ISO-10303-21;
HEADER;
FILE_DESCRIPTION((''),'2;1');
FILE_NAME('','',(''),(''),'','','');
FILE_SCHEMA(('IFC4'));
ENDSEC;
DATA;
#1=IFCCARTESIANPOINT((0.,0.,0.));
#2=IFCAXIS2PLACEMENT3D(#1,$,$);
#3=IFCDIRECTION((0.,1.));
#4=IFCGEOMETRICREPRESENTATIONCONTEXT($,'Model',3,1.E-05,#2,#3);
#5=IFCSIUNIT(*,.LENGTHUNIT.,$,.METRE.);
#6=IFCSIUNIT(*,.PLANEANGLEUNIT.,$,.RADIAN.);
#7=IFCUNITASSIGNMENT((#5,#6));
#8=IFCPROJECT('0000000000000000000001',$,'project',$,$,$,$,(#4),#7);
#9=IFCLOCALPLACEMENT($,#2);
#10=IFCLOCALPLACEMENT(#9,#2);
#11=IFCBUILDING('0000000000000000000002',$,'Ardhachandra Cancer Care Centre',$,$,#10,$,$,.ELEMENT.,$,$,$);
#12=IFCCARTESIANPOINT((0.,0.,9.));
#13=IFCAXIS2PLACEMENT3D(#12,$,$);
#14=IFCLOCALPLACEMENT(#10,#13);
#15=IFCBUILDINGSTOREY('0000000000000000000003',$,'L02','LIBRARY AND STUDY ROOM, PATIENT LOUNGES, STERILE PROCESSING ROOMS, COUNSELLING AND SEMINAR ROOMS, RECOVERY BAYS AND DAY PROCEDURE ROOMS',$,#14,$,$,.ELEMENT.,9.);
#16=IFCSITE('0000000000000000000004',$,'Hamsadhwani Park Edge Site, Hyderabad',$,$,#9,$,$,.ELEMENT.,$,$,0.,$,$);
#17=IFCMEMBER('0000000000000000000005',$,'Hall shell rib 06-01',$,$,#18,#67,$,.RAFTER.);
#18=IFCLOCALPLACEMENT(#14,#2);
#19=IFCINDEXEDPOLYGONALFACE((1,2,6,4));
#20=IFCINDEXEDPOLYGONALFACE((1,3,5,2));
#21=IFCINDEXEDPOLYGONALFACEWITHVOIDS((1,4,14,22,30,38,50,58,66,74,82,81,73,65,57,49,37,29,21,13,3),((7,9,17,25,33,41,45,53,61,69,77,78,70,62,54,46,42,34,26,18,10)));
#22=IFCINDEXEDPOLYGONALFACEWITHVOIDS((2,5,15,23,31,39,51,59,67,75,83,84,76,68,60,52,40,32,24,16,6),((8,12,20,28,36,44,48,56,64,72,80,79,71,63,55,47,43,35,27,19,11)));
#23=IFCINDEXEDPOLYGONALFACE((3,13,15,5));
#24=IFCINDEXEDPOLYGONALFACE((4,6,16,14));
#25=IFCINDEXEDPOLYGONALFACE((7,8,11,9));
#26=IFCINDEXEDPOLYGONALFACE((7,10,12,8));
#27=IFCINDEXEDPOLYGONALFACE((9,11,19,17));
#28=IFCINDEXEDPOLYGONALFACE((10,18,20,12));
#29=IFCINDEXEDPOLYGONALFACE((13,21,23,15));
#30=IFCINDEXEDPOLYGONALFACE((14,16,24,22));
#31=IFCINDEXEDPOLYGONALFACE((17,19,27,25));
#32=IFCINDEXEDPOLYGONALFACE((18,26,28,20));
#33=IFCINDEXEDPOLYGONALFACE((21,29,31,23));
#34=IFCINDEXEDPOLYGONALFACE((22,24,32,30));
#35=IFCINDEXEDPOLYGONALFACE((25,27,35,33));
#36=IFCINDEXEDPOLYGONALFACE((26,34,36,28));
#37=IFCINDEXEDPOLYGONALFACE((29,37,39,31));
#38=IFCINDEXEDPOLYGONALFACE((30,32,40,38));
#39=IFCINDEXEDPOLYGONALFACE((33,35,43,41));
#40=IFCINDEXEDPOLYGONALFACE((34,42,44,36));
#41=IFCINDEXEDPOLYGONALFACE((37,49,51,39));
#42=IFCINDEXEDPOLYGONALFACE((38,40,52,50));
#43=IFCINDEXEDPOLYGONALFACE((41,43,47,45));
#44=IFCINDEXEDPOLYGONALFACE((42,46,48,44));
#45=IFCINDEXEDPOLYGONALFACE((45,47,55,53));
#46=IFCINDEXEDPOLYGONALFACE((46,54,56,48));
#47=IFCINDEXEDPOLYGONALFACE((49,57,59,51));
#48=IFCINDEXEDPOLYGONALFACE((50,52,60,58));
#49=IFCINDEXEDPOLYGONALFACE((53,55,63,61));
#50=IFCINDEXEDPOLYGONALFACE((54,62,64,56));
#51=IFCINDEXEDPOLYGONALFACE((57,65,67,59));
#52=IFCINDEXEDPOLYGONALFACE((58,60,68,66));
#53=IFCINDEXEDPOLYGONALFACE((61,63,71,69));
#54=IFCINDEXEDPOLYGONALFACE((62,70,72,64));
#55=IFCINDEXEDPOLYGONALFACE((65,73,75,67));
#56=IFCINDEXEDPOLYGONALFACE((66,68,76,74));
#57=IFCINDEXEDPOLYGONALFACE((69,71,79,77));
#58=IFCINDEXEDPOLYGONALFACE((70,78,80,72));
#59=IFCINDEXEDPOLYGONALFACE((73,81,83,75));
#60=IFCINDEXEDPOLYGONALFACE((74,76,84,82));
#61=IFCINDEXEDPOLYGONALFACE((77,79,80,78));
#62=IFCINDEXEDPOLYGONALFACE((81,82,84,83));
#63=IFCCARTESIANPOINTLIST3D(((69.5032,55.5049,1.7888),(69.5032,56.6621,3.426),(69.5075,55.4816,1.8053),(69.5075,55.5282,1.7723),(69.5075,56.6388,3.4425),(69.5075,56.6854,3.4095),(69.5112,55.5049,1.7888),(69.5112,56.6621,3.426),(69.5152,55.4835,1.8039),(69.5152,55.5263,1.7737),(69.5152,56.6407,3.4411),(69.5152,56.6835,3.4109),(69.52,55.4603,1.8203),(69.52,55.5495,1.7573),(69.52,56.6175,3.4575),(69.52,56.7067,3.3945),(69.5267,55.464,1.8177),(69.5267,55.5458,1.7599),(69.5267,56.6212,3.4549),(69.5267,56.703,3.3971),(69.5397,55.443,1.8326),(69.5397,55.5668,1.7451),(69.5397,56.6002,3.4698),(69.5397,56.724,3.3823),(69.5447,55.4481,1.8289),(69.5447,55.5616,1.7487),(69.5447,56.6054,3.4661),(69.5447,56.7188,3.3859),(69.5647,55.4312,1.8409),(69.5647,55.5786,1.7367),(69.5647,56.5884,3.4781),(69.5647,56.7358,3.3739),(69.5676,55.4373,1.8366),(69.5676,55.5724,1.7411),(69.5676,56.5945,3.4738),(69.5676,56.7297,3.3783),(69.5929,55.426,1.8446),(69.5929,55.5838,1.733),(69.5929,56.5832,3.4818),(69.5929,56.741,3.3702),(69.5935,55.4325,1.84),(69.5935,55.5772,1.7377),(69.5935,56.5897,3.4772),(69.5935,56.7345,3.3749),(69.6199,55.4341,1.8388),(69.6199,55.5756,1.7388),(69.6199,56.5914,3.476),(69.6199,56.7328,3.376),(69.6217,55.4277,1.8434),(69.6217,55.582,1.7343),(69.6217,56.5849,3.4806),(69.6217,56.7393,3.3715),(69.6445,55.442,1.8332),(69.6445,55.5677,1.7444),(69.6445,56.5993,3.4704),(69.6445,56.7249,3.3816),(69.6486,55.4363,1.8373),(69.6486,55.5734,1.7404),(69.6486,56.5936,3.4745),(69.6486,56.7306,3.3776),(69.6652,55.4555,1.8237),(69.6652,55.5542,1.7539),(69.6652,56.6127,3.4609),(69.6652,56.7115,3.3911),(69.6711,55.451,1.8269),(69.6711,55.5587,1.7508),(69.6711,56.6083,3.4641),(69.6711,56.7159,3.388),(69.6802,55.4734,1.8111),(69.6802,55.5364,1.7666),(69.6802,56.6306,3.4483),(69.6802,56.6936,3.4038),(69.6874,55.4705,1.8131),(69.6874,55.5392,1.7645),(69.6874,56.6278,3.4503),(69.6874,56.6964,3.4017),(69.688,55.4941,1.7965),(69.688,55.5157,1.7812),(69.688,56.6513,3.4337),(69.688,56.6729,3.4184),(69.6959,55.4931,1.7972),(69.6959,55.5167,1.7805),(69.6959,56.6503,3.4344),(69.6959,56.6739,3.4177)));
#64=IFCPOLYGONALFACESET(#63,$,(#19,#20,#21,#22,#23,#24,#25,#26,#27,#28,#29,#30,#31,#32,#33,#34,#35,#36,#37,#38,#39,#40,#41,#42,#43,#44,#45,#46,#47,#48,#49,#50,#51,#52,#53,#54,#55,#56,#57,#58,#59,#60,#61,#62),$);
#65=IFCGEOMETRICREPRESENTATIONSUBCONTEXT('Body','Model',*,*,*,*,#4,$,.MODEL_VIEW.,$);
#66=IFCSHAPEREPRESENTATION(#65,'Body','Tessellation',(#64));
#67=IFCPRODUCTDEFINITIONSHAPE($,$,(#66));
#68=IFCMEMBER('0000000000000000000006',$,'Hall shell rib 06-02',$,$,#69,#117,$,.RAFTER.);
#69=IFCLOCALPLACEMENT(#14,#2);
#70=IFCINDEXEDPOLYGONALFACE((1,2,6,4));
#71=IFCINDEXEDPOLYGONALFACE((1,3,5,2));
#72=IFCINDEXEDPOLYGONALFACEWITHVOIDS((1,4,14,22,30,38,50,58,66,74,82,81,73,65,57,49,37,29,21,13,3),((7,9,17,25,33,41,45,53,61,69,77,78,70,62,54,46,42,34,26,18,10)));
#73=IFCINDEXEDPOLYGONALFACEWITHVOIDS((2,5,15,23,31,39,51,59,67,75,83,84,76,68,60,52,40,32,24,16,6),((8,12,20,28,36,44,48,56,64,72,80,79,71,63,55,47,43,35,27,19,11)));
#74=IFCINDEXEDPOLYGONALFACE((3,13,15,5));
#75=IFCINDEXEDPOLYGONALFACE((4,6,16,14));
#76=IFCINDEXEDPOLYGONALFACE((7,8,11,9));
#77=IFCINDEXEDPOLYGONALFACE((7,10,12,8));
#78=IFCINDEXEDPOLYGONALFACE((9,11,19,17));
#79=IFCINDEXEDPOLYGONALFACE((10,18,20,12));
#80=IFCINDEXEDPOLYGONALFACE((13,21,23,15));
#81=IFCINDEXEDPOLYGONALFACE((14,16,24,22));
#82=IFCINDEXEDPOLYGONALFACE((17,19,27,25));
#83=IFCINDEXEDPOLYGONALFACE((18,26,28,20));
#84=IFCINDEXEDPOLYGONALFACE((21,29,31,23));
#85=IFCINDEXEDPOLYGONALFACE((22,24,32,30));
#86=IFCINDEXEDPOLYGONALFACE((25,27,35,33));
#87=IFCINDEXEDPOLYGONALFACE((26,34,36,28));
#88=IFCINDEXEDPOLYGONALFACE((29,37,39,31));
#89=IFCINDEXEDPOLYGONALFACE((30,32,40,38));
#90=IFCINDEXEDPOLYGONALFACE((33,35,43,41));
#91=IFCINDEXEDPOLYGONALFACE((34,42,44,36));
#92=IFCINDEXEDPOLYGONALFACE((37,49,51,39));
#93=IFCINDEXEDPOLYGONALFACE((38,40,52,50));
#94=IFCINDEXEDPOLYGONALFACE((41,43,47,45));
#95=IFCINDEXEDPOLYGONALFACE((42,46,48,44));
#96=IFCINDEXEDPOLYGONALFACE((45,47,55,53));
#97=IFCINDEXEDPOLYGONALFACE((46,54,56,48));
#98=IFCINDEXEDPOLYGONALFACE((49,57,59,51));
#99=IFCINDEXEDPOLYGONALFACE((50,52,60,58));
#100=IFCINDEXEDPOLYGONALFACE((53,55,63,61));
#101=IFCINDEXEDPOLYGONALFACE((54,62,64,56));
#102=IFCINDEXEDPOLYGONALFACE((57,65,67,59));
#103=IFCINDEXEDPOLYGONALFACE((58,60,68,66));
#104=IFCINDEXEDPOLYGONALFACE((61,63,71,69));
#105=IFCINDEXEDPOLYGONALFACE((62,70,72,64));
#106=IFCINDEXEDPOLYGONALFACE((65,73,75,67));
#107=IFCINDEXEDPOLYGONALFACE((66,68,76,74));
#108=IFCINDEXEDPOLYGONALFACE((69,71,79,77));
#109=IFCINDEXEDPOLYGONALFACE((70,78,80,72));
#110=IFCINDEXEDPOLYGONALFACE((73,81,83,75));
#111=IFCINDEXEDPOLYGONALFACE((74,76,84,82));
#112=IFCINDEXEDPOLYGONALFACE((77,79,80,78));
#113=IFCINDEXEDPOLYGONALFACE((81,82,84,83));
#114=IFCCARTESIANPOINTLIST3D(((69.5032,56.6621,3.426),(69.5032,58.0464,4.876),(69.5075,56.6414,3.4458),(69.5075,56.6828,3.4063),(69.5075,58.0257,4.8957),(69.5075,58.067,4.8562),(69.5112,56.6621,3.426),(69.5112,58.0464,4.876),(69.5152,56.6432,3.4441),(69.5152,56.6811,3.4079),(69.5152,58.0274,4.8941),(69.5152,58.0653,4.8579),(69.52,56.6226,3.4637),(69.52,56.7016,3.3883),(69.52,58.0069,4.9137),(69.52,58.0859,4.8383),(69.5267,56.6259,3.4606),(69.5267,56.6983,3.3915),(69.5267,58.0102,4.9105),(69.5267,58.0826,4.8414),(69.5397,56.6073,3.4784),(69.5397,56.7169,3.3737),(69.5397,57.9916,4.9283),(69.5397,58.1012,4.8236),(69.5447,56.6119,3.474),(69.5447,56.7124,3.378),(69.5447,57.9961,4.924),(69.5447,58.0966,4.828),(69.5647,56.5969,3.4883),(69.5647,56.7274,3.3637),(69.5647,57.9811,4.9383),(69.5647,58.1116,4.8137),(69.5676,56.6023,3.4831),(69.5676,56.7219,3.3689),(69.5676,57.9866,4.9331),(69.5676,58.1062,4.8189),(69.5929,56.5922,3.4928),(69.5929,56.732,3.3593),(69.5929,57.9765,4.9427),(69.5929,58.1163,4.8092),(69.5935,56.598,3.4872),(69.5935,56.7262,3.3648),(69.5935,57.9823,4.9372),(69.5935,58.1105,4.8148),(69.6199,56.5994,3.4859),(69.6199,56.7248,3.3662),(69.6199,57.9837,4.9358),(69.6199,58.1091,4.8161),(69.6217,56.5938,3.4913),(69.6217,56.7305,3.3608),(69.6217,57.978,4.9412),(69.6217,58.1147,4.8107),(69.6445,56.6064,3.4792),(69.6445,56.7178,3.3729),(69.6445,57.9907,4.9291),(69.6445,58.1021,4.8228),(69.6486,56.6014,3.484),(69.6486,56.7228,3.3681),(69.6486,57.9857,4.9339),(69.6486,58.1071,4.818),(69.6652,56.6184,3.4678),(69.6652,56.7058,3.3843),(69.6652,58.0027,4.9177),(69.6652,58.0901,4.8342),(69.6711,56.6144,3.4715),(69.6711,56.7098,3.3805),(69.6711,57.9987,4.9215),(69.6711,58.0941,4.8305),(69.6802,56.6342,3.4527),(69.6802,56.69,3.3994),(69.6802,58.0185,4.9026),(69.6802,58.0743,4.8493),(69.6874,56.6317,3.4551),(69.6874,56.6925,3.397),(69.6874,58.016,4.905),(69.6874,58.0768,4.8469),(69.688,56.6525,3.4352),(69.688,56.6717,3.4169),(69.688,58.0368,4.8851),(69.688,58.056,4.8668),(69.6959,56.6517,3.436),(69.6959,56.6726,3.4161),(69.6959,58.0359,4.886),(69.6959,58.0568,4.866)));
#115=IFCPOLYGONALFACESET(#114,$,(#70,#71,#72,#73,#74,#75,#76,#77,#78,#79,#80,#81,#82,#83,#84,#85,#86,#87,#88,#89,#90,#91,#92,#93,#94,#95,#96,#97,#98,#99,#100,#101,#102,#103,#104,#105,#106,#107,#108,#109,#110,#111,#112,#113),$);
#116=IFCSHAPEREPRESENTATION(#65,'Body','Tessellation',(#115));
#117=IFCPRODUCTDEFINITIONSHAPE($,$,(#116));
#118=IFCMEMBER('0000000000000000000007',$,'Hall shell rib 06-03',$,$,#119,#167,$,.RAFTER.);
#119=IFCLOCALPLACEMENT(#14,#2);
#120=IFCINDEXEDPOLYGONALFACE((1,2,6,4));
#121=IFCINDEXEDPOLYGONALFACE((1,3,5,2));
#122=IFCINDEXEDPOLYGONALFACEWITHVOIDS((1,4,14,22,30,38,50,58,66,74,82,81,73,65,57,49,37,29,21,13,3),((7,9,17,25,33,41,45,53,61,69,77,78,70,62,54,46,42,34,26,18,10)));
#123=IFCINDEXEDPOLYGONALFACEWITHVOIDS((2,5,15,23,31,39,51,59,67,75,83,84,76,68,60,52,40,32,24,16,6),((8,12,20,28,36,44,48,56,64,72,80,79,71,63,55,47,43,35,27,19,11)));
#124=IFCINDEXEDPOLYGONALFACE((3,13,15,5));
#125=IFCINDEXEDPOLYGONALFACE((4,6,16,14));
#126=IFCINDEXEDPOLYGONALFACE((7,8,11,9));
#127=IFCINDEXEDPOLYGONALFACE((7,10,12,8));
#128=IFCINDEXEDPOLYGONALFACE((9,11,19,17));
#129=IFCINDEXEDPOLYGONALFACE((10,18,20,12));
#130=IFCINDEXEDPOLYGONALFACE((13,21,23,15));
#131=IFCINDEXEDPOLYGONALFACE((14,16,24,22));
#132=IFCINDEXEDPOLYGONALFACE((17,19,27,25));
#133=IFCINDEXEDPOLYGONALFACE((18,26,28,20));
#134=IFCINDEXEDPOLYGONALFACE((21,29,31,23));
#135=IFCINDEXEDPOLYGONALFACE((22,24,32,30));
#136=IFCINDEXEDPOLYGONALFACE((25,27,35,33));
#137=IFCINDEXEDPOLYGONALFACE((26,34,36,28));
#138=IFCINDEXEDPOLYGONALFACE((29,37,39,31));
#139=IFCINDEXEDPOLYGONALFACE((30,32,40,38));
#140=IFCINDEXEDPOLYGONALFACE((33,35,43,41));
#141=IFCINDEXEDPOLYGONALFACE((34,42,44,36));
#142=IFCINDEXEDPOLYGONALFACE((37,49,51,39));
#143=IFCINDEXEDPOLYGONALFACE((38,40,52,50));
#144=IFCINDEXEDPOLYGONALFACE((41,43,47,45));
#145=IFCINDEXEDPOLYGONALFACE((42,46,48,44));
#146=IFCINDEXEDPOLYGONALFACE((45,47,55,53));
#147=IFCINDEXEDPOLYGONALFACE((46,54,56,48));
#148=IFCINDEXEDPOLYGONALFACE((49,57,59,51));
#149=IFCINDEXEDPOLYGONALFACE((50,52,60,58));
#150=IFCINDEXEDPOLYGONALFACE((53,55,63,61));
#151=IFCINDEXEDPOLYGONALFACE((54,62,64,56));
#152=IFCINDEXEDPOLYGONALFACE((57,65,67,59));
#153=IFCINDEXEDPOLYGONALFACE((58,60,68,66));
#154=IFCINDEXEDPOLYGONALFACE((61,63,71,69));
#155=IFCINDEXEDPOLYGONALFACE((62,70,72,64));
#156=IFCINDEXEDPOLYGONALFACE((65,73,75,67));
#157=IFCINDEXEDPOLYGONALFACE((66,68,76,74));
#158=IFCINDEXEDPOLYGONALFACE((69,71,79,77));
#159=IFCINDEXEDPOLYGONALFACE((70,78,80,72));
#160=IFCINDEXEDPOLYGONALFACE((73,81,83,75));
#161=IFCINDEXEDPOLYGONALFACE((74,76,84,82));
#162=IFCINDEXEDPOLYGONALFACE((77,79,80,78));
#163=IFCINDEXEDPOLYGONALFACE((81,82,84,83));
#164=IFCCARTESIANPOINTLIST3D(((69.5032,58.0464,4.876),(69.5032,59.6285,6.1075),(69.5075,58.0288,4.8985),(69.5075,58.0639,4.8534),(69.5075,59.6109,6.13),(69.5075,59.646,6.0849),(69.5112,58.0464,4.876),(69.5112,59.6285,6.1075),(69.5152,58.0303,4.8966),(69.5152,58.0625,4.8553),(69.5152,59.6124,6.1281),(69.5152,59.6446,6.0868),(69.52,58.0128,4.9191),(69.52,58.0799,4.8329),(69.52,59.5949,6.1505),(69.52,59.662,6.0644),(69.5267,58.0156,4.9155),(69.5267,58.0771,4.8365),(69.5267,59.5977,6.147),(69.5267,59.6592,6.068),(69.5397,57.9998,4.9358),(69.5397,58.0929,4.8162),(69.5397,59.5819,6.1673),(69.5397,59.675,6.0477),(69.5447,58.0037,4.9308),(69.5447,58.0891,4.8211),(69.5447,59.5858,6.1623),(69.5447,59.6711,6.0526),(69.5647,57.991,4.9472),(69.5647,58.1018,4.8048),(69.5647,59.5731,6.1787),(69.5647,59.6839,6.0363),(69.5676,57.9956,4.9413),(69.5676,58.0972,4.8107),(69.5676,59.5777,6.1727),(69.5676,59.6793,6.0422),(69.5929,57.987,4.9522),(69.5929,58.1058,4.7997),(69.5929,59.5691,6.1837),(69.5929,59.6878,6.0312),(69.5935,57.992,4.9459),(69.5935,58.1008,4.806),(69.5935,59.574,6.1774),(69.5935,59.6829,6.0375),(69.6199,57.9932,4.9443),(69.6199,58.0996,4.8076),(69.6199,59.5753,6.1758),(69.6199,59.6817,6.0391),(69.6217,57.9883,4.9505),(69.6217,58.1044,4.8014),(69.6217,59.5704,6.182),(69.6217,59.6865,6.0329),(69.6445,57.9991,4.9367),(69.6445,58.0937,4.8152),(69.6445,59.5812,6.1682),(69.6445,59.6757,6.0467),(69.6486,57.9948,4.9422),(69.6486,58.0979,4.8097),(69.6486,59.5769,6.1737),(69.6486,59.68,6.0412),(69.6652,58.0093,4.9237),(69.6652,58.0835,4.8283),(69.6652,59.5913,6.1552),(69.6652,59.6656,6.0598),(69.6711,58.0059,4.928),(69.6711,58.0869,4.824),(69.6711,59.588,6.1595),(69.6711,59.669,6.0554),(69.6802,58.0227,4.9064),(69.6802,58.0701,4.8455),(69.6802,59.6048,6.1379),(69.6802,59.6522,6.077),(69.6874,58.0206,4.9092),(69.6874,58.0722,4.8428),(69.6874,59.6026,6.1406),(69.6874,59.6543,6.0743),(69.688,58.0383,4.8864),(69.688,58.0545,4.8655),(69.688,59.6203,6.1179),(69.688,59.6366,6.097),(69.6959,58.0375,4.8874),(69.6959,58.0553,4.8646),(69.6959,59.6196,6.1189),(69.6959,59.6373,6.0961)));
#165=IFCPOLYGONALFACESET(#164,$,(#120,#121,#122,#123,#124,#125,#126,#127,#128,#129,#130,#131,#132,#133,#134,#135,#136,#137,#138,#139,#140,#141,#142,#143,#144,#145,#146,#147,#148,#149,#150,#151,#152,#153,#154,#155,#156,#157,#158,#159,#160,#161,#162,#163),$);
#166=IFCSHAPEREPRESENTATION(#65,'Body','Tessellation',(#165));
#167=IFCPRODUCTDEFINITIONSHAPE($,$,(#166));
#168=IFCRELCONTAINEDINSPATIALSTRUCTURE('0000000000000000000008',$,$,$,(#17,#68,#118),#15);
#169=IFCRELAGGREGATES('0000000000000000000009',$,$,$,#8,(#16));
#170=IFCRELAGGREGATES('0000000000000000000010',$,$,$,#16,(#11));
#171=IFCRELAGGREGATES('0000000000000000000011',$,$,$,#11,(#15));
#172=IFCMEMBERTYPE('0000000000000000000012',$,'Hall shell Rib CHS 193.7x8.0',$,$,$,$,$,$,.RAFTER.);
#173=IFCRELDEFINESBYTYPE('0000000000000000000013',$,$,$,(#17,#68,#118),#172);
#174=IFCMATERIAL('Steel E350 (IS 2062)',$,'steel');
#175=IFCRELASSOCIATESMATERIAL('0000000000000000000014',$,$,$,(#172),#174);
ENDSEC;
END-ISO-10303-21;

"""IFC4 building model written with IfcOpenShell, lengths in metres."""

from ifc_helpers import new_model, si_unit, direction, frame, origin, origin_2d, place, context, subcontext, project, spatial, hollow_circle, extrude, material, material_profile, profile_set, type_object, element, save


model = new_model("IFC4")

# Units and contexts
model_context = context("Model", 3, precision=1e-05, world=origin(), true_north=direction((0.0, 1.0)))
body_context = subcontext(model_context, "Body", "Model", "MODEL_VIEW")
ifc_project = project(units=[si_unit("LENGTHUNIT", "METRE"), si_unit("PLANEANGLEUNIT", "RADIAN")], contexts=[model_context])

# Site, building, storey
site_placement = place(None, origin())
site = spatial("IfcSite", under=ifc_project, at=site_placement, Name="Hamsadhwani Park Edge Site, Hyderabad", CompositionType="ELEMENT", RefElevation=0.0)
building_placement = place(site_placement, origin())
building = spatial("IfcBuilding", under=site, at=building_placement, Name="Ardhachandra Cancer Care Centre", CompositionType="ELEMENT")
storey_placement = place(building_placement, frame((0.0, 0.0, 9.0)))
storey = spatial("IfcBuildingStorey", under=building, at=storey_placement, Name="L02", Description="LIBRARY AND STUDY ROOM, PATIENT LOUNGES, STERILE PROCESSING ROOMS, COUNSELLING AND SEMINAR ROOMS, RECOVERY BAYS AND DAY PROCEDURE ROOMS", CompositionType="ELEMENT", Elevation=9.0)

# Members
ifc_material_1 = material(Name="Steel E350 (IS 2062)", Category="steel")
ifc_material_profile_1 = material_profile(ifc_material_1, hollow_circle(Radius=0.0969, WallThickness=0.0081, at=origin_2d()), Name="CHS 193.7x8.0")
ifc_profile_set_1 = profile_set([ifc_material_profile_1], Name="Steel E350 (IS 2062)")
member_type_1 = type_object("IfcMemberType", Name="Hall shell Rib CHS 193.7x8.0", PredefinedType="RAFTER", material=ifc_profile_set_1)
member_1_placement = place(storey_placement, frame((69.6001, 55.5049, 1.7888), z_axis=(0.0, 0.577199, 0.816603), x_axis=(-1.0, 0.0, 0.0)))
element("IfcMember", 1, at=member_1_placement, inside=storey, type_object=member_type_1, Name="Hall shell rib 06-01", PredefinedType="RAFTER", context=body_context, shape_type="SweptSolid", body=[
    extrude(hollow_circle(Radius=0.0969, WallThickness=0.0081, at=origin_2d()), origin(), (0.0, 0.0, 1.0), 2.0049),
])
member_2_placement = place(storey_placement, frame((69.6001, 56.6621, 3.426), z_axis=(0.0, 0.690537, 0.723297), x_axis=(-1.0, 0.0, 0.0)))
element("IfcMember", 2, at=member_2_placement, inside=storey, type_object=member_type_1, Name="Hall shell rib 06-02", PredefinedType="RAFTER", context=body_context, shape_type="SweptSolid", body=[
    extrude(hollow_circle(Radius=0.0969, WallThickness=0.0081, at=origin_2d()), origin(), (0.0, 0.0, 1.0), 2.0046),
])
member_3_placement = place(storey_placement, frame((69.6001, 58.0464, 4.876), z_axis=(0.0, 0.789116, 0.614244), x_axis=(-1.0, 0.0, 0.0)))
element("IfcMember", 3, at=member_3_placement, inside=storey, type_object=member_type_1, Name="Hall shell rib 06-03", PredefinedType="RAFTER", context=body_context, shape_type="SweptSolid", body=[
    extrude(hollow_circle(Radius=0.0969, WallThickness=0.0081, at=origin_2d()), origin(), (0.0, 0.0, 1.0), 2.0049),
])

save(model, "model.ifc")
